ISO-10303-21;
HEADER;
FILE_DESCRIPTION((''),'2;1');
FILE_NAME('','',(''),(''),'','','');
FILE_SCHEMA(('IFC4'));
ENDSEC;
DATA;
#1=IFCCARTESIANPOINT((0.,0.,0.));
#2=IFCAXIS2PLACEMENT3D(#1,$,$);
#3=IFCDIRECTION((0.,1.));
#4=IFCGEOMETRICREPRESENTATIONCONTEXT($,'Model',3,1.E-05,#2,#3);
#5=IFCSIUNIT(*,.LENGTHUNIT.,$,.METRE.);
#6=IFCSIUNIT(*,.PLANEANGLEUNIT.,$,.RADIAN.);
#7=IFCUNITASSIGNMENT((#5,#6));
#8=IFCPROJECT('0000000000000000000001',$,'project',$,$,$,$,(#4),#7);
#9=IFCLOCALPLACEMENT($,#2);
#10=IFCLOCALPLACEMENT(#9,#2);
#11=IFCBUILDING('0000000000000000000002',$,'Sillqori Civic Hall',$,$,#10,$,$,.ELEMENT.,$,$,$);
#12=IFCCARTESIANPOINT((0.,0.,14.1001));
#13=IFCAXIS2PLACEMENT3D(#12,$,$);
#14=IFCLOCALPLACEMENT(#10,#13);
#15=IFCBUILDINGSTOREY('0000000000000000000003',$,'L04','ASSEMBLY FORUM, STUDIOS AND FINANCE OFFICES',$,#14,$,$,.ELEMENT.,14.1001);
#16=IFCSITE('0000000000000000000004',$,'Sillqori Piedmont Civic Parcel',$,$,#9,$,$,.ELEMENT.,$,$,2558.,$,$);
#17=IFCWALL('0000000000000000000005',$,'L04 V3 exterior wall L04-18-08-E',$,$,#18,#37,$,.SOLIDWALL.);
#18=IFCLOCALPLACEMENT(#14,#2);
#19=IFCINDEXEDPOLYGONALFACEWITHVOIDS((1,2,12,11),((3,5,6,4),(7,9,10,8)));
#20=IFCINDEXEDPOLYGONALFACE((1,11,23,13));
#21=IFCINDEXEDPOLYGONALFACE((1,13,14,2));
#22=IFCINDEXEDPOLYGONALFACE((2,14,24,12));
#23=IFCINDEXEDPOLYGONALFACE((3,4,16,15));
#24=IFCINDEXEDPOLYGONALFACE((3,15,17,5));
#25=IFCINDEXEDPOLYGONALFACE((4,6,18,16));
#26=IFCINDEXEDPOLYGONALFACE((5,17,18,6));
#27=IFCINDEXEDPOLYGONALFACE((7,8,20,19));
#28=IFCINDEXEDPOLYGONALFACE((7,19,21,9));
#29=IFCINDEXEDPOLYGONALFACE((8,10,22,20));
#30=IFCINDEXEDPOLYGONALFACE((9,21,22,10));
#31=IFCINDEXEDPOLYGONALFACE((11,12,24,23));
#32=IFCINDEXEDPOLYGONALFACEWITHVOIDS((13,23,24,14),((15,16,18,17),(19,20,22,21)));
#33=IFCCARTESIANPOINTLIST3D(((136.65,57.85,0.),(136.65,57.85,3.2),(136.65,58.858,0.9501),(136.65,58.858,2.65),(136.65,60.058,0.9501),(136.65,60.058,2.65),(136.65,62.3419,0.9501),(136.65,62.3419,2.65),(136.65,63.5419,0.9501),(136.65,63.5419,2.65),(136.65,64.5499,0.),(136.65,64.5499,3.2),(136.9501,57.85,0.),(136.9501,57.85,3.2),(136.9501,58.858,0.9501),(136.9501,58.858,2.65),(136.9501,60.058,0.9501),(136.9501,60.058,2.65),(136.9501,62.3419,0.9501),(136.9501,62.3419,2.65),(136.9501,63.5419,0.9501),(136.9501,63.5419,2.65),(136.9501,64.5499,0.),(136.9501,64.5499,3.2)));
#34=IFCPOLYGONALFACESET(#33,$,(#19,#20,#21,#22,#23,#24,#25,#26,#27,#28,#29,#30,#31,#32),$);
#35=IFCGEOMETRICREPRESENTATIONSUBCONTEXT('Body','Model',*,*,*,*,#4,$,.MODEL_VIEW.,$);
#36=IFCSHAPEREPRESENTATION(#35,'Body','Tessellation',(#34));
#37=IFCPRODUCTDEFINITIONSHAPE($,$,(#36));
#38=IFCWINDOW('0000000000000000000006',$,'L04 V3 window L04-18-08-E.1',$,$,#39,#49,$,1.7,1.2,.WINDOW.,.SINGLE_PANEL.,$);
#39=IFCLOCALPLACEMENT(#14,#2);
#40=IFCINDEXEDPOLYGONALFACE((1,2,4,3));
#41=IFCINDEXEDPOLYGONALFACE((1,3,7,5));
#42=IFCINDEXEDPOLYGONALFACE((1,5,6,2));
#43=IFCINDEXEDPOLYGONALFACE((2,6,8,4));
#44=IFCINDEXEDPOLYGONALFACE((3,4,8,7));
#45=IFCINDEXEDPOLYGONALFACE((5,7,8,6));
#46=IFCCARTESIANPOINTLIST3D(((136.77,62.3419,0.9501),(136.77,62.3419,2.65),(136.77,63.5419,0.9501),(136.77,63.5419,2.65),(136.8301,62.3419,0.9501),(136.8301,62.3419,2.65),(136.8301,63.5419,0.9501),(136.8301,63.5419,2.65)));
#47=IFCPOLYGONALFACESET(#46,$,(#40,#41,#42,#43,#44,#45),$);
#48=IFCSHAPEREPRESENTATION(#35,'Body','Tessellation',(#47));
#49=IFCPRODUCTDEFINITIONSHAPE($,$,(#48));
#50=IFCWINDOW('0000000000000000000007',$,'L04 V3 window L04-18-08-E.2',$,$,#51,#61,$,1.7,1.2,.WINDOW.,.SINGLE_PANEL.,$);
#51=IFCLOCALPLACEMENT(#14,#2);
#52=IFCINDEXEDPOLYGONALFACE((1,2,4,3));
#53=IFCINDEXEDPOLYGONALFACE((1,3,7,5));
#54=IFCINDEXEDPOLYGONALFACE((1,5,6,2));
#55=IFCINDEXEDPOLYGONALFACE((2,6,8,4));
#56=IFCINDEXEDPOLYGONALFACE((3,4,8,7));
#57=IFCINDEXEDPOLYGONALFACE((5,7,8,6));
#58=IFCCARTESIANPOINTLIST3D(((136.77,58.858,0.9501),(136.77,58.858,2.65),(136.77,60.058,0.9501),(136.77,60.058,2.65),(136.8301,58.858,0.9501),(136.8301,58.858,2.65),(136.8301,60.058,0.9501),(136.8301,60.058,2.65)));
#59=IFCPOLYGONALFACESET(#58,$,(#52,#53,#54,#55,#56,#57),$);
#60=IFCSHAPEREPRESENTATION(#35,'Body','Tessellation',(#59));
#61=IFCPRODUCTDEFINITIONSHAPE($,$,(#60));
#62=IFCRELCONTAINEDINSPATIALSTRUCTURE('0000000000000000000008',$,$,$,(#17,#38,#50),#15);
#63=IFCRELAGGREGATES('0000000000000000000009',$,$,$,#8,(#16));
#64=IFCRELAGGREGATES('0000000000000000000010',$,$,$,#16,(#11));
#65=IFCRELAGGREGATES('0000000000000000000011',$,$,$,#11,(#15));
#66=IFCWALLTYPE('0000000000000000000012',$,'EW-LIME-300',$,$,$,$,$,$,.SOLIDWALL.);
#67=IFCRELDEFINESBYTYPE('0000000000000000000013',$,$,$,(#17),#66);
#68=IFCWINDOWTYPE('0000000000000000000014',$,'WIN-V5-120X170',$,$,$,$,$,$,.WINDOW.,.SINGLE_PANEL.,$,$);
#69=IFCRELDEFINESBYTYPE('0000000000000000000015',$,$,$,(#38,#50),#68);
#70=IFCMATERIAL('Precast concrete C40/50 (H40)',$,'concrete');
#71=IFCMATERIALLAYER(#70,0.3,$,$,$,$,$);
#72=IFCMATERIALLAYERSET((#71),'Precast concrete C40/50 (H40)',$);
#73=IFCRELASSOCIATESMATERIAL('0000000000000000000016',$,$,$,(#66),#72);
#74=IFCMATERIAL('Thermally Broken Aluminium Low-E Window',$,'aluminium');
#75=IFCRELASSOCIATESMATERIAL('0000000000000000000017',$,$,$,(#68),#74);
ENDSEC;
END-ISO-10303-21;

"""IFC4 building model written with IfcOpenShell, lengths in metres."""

from ifc_helpers import new_model, si_unit, direction, frame, frame_2d, origin, place, context, subcontext, project, spatial, rectangle, extrude, material, layer, layer_set, type_object, element, fill, save


model = new_model("IFC4")

# Units and contexts
model_context = context("Model", 3, precision=1e-05, world=origin(), true_north=direction((0.0, 1.0)))
body_context = subcontext(model_context, "Body", "Model", "MODEL_VIEW")
ifc_project = project(units=[si_unit("LENGTHUNIT", "METRE"), si_unit("PLANEANGLEUNIT", "RADIAN")], contexts=[model_context])

# Site, building, storey
site_placement = place(None, origin())
site = spatial("IfcSite", under=ifc_project, at=site_placement, Name="Sillqori Piedmont Civic Parcel", CompositionType="ELEMENT", RefElevation=2558.0)
building_placement = place(site_placement, origin())
building = spatial("IfcBuilding", under=site, at=building_placement, Name="Sillqori Civic Hall", CompositionType="ELEMENT")
storey_placement = place(building_placement, frame((0.0, 0.0, 14.1001)))
storey = spatial("IfcBuildingStorey", under=building, at=storey_placement, Name="L04", Description="ASSEMBLY FORUM, STUDIOS AND FINANCE OFFICES", CompositionType="ELEMENT", Elevation=14.1001)

# Wall, openings, windows
ifc_material_1 = material(Name="Precast concrete C40/50 (H40)", Category="concrete")
ifc_layer_1 = layer(ifc_material_1, 0.3)
ifc_layer_set_1 = layer_set([ifc_layer_1], Name="Precast concrete C40/50 (H40)")
wall_type = type_object("IfcWallType", Name="EW-LIME-300", PredefinedType="SOLIDWALL", material=ifc_layer_set_1)
wall_placement = place(storey_placement, frame((136.8, 64.55, 0.0), z_axis=(0.0, 0.0, 1.0), x_axis=(0.0, -1.0, 0.0)))
wall = element("IfcWall", 1, at=wall_placement, inside=storey, type_object=wall_type, Name="L04 V3 exterior wall L04-18-08-E", PredefinedType="SOLIDWALL", context=body_context, shape_type="SweptSolid", body=[
    extrude(rectangle(XDim=6.7, YDim=0.3, at=frame_2d((3.3501, 0.0))), origin(), (0.0, 0.0, 1.0), 3.2),
])
opening_1_placement = place(wall_placement, frame((1.0081, 0.0, 0.95)))
opening_1 = element("IfcOpeningElement", 2, at=opening_1_placement, cuts=wall, PredefinedType="OPENING", context=body_context, shape_type="SweptSolid", body=[
    extrude(rectangle(XDim=1.2, YDim=1.7, at=frame_2d((0.6001, 0.8501))), frame((0.0, 0.1599, 0.0), z_axis=(0.0, -1.0, 0.0), x_axis=(1.0, 0.0, 0.0)), (0.0, 0.0, 1.0), 0.3201),
])
opening_2_placement = place(wall_placement, frame((4.4919, 0.0, 0.95)))
opening_2 = element("IfcOpeningElement", 3, at=opening_2_placement, cuts=wall, PredefinedType="OPENING", context=body_context, shape_type="SweptSolid", body=[
    extrude(rectangle(XDim=1.2, YDim=1.7, at=frame_2d((0.6001, 0.8501))), frame((0.0, 0.1599, 0.0), z_axis=(0.0, -1.0, 0.0), x_axis=(1.0, 0.0, 0.0)), (0.0, 0.0, 1.0), 0.3201),
])
ifc_material_2 = material(Name="Thermally Broken Aluminium Low-E Window", Category="aluminium")
window_type = type_object("IfcWindowType", Name="WIN-V5-120X170", PartitioningType="SINGLE_PANEL", PredefinedType="WINDOW", material=ifc_material_2)
window_1_placement = place(opening_1_placement, origin())
window_1 = element("IfcWindow", 4, at=window_1_placement, inside=storey, type_object=window_type, Name="L04 V3 window L04-18-08-E.1", OverallHeight=1.7, OverallWidth=1.2, PartitioningType="SINGLE_PANEL", PredefinedType="WINDOW", context=body_context, shape_type="SweptSolid", body=[
    extrude(rectangle(XDim=1.2, YDim=1.7, at=frame_2d((0.6001, 0.8501))), frame((0.0, 0.03, 0.0), z_axis=(0.0, -1.0, 0.0), x_axis=(1.0, 0.0, 0.0)), (0.0, 0.0, 1.0), 0.0601),
])
fill(opening_1, window_1)
window_2_placement = place(opening_2_placement, origin())
window_2 = element("IfcWindow", 5, at=window_2_placement, inside=storey, type_object=window_type, Name="L04 V3 window L04-18-08-E.2", OverallHeight=1.7, OverallWidth=1.2, PartitioningType="SINGLE_PANEL", PredefinedType="WINDOW", context=body_context, shape_type="SweptSolid", body=[
    extrude(rectangle(XDim=1.2, YDim=1.7, at=frame_2d((0.6001, 0.8501))), frame((0.0, 0.03, 0.0), z_axis=(0.0, -1.0, 0.0), x_axis=(1.0, 0.0, 0.0)), (0.0, 0.0, 1.0), 0.0601),
])
fill(opening_2, window_2)

save(model, "model.ifc")
